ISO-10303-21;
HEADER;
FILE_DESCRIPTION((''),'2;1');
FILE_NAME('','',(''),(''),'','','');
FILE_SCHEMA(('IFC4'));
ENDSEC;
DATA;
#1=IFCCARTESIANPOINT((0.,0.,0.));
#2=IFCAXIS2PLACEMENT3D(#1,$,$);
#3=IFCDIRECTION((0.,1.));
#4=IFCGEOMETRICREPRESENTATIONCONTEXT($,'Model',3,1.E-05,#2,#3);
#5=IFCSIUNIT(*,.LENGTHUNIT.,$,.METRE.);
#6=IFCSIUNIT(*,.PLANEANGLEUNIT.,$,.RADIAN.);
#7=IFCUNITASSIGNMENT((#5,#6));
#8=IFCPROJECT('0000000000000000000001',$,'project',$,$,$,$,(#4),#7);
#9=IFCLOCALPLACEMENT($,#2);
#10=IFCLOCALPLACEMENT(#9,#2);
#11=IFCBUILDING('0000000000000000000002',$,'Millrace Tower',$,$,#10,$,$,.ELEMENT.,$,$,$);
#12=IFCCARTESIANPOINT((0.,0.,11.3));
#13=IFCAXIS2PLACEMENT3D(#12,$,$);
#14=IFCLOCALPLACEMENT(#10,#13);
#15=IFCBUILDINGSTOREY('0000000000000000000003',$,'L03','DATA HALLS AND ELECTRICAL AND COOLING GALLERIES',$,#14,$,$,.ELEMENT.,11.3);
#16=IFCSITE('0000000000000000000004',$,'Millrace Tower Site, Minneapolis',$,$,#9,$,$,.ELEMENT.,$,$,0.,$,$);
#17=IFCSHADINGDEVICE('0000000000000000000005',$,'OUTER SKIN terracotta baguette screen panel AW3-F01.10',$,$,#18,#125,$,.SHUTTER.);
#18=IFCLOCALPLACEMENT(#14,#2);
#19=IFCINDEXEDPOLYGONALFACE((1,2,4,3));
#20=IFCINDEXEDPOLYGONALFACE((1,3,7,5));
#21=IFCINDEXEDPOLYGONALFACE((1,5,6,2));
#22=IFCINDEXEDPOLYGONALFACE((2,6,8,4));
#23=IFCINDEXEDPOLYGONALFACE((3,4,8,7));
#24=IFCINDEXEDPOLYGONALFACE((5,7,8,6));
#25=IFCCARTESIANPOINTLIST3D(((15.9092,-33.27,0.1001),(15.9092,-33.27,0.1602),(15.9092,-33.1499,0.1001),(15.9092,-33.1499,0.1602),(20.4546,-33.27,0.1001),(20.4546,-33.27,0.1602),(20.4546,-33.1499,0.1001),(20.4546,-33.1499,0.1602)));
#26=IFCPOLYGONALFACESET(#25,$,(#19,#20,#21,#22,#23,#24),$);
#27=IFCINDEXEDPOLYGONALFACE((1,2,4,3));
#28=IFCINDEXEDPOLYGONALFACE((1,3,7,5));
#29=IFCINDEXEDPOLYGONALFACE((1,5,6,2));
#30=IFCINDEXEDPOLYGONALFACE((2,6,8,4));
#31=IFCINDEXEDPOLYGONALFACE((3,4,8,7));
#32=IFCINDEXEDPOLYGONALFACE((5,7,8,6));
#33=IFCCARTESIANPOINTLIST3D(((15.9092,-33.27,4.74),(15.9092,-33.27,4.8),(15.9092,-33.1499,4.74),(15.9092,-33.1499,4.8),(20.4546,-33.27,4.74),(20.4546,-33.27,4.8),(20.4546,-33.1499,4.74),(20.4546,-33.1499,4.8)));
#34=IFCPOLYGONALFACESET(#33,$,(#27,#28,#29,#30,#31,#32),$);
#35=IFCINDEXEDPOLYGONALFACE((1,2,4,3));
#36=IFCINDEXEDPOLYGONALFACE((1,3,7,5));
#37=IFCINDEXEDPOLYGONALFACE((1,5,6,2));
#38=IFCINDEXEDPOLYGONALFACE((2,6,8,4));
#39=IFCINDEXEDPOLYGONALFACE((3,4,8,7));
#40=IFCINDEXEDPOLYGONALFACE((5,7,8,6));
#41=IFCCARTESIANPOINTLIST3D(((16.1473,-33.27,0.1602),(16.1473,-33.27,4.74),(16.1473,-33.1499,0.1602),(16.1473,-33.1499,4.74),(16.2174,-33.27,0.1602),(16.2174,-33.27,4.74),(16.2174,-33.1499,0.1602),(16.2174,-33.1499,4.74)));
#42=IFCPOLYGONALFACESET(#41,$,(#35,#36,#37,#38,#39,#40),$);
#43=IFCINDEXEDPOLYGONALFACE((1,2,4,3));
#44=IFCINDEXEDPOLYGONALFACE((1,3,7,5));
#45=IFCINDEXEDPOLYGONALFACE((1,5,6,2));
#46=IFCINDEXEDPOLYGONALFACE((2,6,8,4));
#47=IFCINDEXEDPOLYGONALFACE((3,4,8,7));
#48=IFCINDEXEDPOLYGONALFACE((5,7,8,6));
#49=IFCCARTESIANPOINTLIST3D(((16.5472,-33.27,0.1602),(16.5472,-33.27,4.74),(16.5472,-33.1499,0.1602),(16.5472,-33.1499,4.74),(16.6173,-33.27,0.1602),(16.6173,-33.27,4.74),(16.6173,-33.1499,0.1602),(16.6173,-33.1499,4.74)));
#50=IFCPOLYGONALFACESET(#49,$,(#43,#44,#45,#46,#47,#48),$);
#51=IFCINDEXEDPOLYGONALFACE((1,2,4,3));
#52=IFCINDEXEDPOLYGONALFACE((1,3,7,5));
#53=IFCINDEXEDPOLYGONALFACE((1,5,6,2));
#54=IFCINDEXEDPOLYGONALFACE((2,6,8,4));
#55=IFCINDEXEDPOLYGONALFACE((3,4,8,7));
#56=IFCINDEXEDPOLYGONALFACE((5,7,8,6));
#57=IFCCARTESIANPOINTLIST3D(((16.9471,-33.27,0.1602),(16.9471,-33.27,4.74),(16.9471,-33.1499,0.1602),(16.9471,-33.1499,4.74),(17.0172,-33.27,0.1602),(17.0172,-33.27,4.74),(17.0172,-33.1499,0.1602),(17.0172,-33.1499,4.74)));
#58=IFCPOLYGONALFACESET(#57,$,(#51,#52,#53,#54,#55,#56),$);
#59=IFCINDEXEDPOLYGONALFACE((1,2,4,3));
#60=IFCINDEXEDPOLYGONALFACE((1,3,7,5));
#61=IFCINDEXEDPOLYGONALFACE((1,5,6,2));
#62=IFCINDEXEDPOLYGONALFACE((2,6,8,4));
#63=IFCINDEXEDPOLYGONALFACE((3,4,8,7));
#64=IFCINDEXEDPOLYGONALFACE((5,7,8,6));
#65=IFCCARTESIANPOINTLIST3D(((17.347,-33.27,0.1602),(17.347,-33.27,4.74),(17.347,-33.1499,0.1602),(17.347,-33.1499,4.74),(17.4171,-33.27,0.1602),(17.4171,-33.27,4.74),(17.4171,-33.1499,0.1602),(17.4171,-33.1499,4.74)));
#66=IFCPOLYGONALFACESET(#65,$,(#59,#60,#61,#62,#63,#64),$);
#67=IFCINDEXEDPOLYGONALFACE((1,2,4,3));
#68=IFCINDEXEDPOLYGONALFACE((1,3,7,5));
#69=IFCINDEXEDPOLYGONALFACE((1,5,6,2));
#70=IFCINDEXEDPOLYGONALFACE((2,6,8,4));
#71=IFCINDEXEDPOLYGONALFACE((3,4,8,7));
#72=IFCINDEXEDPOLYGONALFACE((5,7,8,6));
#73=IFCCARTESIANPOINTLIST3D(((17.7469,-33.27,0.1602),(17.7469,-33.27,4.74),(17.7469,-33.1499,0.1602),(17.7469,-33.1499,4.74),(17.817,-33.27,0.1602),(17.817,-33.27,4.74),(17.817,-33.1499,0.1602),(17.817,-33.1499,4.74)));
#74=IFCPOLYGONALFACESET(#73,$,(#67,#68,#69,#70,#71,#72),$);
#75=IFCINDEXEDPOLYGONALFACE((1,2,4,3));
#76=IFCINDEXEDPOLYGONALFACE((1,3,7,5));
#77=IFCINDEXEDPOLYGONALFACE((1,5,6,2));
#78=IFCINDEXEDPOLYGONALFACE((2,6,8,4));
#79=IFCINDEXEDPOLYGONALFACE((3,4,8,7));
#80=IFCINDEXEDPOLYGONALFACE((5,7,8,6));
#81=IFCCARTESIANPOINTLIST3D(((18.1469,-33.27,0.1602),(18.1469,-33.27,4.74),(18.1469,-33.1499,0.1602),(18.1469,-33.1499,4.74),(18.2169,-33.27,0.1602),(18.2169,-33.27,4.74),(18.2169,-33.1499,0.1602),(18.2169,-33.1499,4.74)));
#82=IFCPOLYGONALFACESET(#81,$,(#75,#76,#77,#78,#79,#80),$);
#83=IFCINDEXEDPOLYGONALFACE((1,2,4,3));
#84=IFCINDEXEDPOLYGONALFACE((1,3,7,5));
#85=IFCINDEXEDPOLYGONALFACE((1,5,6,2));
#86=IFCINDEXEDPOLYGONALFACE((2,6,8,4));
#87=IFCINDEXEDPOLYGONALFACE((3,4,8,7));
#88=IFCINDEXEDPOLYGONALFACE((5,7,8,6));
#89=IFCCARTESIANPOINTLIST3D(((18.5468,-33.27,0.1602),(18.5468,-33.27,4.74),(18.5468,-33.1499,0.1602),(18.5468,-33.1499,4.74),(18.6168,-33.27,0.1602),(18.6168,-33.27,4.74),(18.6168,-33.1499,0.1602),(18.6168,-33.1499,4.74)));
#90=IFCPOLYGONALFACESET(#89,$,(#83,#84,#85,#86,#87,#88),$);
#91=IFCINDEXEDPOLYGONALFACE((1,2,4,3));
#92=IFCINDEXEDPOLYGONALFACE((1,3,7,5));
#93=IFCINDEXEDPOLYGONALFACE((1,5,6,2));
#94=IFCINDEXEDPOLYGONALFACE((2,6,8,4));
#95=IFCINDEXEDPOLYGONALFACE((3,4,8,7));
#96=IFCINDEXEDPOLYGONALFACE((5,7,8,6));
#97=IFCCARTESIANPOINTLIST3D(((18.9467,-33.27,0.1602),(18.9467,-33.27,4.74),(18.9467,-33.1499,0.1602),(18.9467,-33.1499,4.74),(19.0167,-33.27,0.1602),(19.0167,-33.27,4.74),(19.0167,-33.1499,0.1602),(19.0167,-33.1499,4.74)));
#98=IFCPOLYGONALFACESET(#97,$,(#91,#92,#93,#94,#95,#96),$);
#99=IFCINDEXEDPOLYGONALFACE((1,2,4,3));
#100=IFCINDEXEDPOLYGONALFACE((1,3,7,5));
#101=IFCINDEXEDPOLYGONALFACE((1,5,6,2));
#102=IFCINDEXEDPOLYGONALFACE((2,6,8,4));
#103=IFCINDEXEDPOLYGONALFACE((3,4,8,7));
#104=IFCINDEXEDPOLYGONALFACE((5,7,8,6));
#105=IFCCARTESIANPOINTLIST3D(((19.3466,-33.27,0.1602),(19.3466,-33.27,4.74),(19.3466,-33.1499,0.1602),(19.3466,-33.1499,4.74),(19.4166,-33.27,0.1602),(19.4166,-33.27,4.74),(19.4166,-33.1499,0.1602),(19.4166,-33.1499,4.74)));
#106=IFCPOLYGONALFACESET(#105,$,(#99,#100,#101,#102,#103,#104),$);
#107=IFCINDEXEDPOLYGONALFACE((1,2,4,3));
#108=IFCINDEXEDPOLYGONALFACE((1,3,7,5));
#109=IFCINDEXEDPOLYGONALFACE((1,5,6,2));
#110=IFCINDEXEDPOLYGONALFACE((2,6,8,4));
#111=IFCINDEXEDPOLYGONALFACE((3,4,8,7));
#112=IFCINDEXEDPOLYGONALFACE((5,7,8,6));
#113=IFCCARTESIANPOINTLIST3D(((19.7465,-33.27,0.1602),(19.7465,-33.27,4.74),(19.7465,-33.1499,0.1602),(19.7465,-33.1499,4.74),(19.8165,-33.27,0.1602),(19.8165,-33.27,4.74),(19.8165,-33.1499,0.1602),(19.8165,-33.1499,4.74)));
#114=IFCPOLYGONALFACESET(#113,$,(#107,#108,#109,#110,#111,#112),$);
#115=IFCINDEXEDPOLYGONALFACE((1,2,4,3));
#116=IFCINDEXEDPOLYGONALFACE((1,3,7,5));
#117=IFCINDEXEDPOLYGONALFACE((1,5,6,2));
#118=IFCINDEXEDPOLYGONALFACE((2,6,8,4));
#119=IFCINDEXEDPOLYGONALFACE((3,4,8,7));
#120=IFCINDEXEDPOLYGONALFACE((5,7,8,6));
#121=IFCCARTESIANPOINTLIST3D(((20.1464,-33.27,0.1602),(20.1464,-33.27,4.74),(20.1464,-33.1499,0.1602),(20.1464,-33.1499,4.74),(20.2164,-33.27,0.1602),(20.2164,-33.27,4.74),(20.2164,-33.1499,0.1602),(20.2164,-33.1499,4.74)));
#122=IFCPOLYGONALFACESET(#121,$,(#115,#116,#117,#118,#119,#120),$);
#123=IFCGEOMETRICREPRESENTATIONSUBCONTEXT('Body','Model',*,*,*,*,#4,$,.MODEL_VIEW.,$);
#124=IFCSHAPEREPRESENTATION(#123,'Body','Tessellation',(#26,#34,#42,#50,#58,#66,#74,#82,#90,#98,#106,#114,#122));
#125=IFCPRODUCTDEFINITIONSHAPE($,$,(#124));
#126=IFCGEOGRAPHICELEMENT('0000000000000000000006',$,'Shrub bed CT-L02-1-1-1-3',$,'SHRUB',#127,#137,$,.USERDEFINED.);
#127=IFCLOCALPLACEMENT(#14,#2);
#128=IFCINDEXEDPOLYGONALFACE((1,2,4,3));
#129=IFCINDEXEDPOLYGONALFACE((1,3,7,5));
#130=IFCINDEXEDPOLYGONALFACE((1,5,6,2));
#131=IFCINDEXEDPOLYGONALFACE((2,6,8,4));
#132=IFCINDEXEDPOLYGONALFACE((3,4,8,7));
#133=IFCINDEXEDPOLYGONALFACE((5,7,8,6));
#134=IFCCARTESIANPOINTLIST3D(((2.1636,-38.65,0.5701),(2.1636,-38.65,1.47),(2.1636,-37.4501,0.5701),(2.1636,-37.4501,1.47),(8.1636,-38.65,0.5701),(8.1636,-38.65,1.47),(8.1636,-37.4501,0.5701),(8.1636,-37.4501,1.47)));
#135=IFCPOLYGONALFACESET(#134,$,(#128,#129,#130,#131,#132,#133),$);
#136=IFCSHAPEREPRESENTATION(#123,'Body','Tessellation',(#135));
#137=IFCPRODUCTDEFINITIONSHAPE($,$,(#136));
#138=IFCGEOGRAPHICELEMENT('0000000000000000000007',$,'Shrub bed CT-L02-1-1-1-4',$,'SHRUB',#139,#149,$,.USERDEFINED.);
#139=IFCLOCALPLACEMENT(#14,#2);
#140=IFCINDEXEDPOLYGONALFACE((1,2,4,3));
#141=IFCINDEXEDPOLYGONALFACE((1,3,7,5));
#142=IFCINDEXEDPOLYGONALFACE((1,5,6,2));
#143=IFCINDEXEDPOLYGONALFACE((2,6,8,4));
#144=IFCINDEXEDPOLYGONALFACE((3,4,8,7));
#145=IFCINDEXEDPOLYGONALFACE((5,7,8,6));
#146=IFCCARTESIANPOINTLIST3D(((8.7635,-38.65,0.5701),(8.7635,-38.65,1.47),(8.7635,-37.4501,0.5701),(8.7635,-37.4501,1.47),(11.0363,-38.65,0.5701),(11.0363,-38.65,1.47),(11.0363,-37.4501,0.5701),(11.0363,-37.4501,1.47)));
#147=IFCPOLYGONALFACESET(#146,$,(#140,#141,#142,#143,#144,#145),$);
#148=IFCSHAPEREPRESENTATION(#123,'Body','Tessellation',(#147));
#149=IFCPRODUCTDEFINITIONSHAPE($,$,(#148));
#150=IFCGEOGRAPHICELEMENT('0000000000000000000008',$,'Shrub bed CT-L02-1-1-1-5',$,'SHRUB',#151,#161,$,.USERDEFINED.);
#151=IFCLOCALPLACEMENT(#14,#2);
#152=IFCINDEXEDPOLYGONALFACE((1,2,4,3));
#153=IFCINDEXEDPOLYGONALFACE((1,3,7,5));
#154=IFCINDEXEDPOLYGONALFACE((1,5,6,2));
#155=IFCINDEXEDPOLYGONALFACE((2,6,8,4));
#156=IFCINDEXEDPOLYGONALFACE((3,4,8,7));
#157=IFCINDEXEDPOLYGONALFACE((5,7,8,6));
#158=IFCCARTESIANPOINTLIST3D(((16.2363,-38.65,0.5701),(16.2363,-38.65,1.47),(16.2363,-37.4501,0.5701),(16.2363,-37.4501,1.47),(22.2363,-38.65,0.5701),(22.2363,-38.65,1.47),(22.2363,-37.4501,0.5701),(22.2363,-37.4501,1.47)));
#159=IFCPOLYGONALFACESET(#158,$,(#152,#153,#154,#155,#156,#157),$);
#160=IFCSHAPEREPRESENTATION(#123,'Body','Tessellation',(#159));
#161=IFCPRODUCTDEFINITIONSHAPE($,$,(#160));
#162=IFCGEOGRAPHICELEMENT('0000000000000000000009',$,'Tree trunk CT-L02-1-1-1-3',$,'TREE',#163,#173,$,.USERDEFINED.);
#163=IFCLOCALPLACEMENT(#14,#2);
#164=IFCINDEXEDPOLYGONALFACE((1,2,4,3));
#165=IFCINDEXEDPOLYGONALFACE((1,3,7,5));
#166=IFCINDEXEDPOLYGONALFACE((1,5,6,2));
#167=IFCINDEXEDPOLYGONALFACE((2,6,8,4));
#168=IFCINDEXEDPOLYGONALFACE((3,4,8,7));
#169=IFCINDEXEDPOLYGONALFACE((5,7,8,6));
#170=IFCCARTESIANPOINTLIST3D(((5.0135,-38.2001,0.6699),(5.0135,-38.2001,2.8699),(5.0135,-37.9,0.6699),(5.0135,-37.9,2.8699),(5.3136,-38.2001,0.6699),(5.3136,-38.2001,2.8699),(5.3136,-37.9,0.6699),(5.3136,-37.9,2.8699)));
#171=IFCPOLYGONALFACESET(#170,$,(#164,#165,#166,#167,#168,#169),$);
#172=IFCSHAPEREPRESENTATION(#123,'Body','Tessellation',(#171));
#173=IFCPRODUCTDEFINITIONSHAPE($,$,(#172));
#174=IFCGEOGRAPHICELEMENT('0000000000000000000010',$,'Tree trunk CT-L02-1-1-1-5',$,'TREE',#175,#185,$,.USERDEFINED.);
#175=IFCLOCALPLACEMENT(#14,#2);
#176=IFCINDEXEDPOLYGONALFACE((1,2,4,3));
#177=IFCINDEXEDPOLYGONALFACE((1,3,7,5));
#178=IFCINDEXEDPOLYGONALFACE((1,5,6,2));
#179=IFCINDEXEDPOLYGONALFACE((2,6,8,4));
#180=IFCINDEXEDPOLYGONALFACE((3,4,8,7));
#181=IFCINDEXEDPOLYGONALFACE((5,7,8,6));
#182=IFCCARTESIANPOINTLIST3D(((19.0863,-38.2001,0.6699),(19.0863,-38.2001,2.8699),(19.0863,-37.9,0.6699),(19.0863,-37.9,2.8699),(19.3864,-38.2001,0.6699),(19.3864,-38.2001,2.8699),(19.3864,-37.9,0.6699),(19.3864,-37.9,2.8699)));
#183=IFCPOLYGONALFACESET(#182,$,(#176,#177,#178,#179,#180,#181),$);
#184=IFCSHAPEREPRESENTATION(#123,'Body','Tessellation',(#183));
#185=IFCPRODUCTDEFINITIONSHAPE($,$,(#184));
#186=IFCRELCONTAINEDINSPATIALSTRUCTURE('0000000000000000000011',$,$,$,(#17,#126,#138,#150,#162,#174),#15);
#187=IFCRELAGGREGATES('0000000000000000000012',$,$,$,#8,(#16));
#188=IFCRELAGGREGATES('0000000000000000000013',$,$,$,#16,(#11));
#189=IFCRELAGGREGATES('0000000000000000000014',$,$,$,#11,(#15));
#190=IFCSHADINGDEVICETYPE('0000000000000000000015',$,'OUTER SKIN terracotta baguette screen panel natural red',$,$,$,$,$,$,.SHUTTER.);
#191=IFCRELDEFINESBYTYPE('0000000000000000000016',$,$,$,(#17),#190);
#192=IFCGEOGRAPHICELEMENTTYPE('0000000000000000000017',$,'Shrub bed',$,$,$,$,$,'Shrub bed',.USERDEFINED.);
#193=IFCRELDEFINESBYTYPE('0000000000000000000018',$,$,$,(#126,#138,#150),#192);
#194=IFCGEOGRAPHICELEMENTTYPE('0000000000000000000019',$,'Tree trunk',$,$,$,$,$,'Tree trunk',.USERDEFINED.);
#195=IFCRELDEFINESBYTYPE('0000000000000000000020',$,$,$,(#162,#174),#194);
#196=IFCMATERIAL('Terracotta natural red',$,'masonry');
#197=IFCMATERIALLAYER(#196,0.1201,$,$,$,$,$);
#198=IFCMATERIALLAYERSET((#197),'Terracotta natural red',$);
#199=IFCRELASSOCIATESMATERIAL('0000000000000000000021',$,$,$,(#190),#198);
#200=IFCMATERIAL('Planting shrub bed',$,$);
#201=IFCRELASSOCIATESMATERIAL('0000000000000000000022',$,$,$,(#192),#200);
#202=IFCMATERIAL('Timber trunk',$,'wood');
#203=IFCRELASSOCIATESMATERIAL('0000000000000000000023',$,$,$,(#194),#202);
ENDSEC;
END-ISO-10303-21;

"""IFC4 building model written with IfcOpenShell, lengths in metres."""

from ifc_helpers import new_model, entity, si_unit, direction, frame, frame_2d, origin, origin_2d, place, context, subcontext, project, spatial, rectangle, extrude, source, transform, mapped, material, layer, layer_set, type_object, element, save


model = new_model("IFC4")

# Units and contexts
model_context = context("Model", 3, precision=1e-05, world=origin(), true_north=direction((0.0, 1.0)))
body_context = subcontext(model_context, "Body", "Model", "MODEL_VIEW")
ifc_project = project(units=[si_unit("LENGTHUNIT", "METRE"), si_unit("PLANEANGLEUNIT", "RADIAN")], contexts=[model_context])

# Site, building, storey
site_placement = place(None, origin())
site = spatial("IfcSite", under=ifc_project, at=site_placement, Name="Millrace Tower Site, Minneapolis", CompositionType="ELEMENT", RefElevation=0.0)
building_placement = place(site_placement, origin())
building = spatial("IfcBuilding", under=site, at=building_placement, Name="Millrace Tower", CompositionType="ELEMENT")
storey_placement = place(building_placement, frame((0.0, 0.0, 11.3)))
storey = spatial("IfcBuildingStorey", under=building, at=storey_placement, Name="L03", Description="DATA HALLS AND ELECTRICAL AND COOLING GALLERIES", CompositionType="ELEMENT", Elevation=11.3)

# Shading device
cartesian_point = entity("IfcCartesianPoint", [-2.2727, 0.0601])
shared_polyline = entity("IfcPolyline", [cartesian_point, entity("IfcCartesianPoint", [2.2727, 0.0601]), entity("IfcCartesianPoint", [2.2727, -0.0601]), entity("IfcCartesianPoint", [-2.2727, -0.0601]), cartesian_point])
ifc_material_1 = material(Name="Terracotta natural red", Category="masonry")
ifc_layer_1 = layer(ifc_material_1, 0.1201)
ifc_layer_set_1 = layer_set([ifc_layer_1], Name="Terracotta natural red")
shading_device_type_1 = type_object("IfcShadingDeviceType", Name="OUTER SKIN terracotta baguette screen panel natural red", PredefinedType="SHUTTER", material=ifc_layer_set_1)
shared_shape_1 = source(origin(), body_context, "Body", "SweptSolid", [
    entity("IfcExtrudedAreaSolid", entity("IfcArbitraryClosedProfileDef", "AREA", None, shared_polyline), entity("IfcAxis2Placement3D", entity("IfcCartesianPoint", [0.0, 0.0, 0.0])), entity("IfcDirection", [0.0, 0.0, 1.0]), 0.0601),
    entity("IfcExtrudedAreaSolid", entity("IfcArbitraryClosedProfileDef", "AREA", None, shared_polyline), entity("IfcAxis2Placement3D", entity("IfcCartesianPoint", [0.0, 0.0, 4.6399])), entity("IfcDirection", [0.0, 0.0, 1.0]), 0.0601),
    extrude(rectangle(XDim=0.0701, YDim=0.1201, at=frame_2d((-1.9995, 0.0))), frame((0.0, 0.0, 0.0601)), (0.0, 0.0, 1.0), 4.5798),
    extrude(rectangle(XDim=0.0701, YDim=0.1201, at=frame_2d((-1.5996, 0.0))), frame((0.0, 0.0, 0.0601)), (0.0, 0.0, 1.0), 4.5798),
    extrude(rectangle(XDim=0.0701, YDim=0.1201, at=frame_2d((-1.1997, 0.0))), frame((0.0, 0.0, 0.0601)), (0.0, 0.0, 1.0), 4.5798),
    extrude(rectangle(XDim=0.0701, YDim=0.1201, at=frame_2d((-0.7998, 0.0))), frame((0.0, 0.0, 0.0601)), (0.0, 0.0, 1.0), 4.5798),
    extrude(rectangle(XDim=0.0701, YDim=0.1201, at=frame_2d((-0.3999, 0.0))), frame((0.0, 0.0, 0.0601)), (0.0, 0.0, 1.0), 4.5798),
    extrude(rectangle(XDim=0.0701, YDim=0.1201, at=origin_2d()), frame((0.0, 0.0, 0.0601)), (0.0, 0.0, 1.0), 4.5798),
    extrude(rectangle(XDim=0.0701, YDim=0.1201, at=frame_2d((0.3999, 0.0))), frame((0.0, 0.0, 0.0601)), (0.0, 0.0, 1.0), 4.5798),
    extrude(rectangle(XDim=0.0701, YDim=0.1201, at=frame_2d((0.7998, 0.0))), frame((0.0, 0.0, 0.0601)), (0.0, 0.0, 1.0), 4.5798),
    extrude(rectangle(XDim=0.0701, YDim=0.1201, at=frame_2d((1.1997, 0.0))), frame((0.0, 0.0, 0.0601)), (0.0, 0.0, 1.0), 4.5798),
    extrude(rectangle(XDim=0.0701, YDim=0.1201, at=frame_2d((1.5996, 0.0))), frame((0.0, 0.0, 0.0601)), (0.0, 0.0, 1.0), 4.5798),
    extrude(rectangle(XDim=0.0701, YDim=0.1201, at=frame_2d((1.9995, 0.0))), frame((0.0, 0.0, 0.0601)), (0.0, 0.0, 1.0), 4.5798),
])
for number, where, z_axis, x_axis, name in (
    (1, (18.1819, -33.21, 0.1001), (0.0, 0.0, 1.0), (1.0, 0.0, 0.0), "OUTER SKIN terracotta baguette screen panel AW3-F01.10"),
):
    element("IfcShadingDevice", number, at=place(storey_placement, frame(where, z_axis=z_axis, x_axis=x_axis)), inside=storey, type_object=shading_device_type_1, Name=name, PredefinedType="SHUTTER", context=body_context, shape_type="MappedRepresentation", body=[
        mapped(shared_shape_1, transform((0.0, 0.0, 0.0), scale=1.0)),
    ])

# Geographic elements
ifc_material_2 = material(Name="Planting shrub bed")
geographic_element_type_1 = type_object("IfcGeographicElementType", Name="Shrub bed", ElementType="Shrub bed", PredefinedType="USERDEFINED", material=ifc_material_2)
geographic_element_1_placement = place(storey_placement, frame((5.1636, -38.05, 0.5701), z_axis=(0.0, 0.0, 1.0), x_axis=(1.0, 0.0, 0.0)))
element("IfcGeographicElement", 2, at=geographic_element_1_placement, inside=storey, type_object=geographic_element_type_1, Name="Shrub bed CT-L02-1-1-1-3", ObjectType="SHRUB", PredefinedType="USERDEFINED", context=body_context, shape_type="SweptSolid", body=[
    extrude(rectangle(XDim=6.0, YDim=1.2, at=origin_2d()), origin(), (0.0, 0.0, 1.0), 0.8999),
])
geographic_element_2_placement = place(storey_placement, frame((9.8999, -38.05, 0.5701), z_axis=(0.0, 0.0, 1.0), x_axis=(1.0, 0.0, 0.0)))
element("IfcGeographicElement", 3, at=geographic_element_2_placement, inside=storey, type_object=geographic_element_type_1, Name="Shrub bed CT-L02-1-1-1-4", ObjectType="SHRUB", PredefinedType="USERDEFINED", context=body_context, shape_type="SweptSolid", body=[
    extrude(rectangle(XDim=2.2727, YDim=1.2, at=origin_2d()), origin(), (0.0, 0.0, 1.0), 0.8999),
])
geographic_element_3_placement = place(storey_placement, frame((19.2363, -38.05, 0.5701), z_axis=(0.0, 0.0, 1.0), x_axis=(1.0, 0.0, 0.0)))
element("IfcGeographicElement", 4, at=geographic_element_3_placement, inside=storey, type_object=geographic_element_type_1, Name="Shrub bed CT-L02-1-1-1-5", ObjectType="SHRUB", PredefinedType="USERDEFINED", context=body_context, shape_type="SweptSolid", body=[
    extrude(rectangle(XDim=6.0, YDim=1.2, at=origin_2d()), origin(), (0.0, 0.0, 1.0), 0.8999),
])
ifc_material_3 = material(Name="Timber trunk", Category="wood")
geographic_element_type_2 = type_object("IfcGeographicElementType", Name="Tree trunk", ElementType="Tree trunk", PredefinedType="USERDEFINED", material=ifc_material_3)
for number, where, z_axis, x_axis, name in (
    (5, (5.1636, -38.05, 0.6699), (0.0, 0.0, 1.0), (1.0, 0.0, 0.0), "Tree trunk CT-L02-1-1-1-3"),
    (6, (19.2363, -38.05, 0.6699), (0.0, 0.0, 1.0), (1.0, 0.0, 0.0), "Tree trunk CT-L02-1-1-1-5"),
):
    element("IfcGeographicElement", number, at=place(storey_placement, frame(where, z_axis=z_axis, x_axis=x_axis)), inside=storey, type_object=geographic_element_type_2, Name=name, ObjectType="TREE", PredefinedType="USERDEFINED", context=body_context, shape_type="SweptSolid", body=[
        extrude(rectangle(XDim=0.3, YDim=0.3, at=origin_2d()), origin(), (0.0, 0.0, 1.0), 2.2),
    ])

save(model, "model.ifc")
